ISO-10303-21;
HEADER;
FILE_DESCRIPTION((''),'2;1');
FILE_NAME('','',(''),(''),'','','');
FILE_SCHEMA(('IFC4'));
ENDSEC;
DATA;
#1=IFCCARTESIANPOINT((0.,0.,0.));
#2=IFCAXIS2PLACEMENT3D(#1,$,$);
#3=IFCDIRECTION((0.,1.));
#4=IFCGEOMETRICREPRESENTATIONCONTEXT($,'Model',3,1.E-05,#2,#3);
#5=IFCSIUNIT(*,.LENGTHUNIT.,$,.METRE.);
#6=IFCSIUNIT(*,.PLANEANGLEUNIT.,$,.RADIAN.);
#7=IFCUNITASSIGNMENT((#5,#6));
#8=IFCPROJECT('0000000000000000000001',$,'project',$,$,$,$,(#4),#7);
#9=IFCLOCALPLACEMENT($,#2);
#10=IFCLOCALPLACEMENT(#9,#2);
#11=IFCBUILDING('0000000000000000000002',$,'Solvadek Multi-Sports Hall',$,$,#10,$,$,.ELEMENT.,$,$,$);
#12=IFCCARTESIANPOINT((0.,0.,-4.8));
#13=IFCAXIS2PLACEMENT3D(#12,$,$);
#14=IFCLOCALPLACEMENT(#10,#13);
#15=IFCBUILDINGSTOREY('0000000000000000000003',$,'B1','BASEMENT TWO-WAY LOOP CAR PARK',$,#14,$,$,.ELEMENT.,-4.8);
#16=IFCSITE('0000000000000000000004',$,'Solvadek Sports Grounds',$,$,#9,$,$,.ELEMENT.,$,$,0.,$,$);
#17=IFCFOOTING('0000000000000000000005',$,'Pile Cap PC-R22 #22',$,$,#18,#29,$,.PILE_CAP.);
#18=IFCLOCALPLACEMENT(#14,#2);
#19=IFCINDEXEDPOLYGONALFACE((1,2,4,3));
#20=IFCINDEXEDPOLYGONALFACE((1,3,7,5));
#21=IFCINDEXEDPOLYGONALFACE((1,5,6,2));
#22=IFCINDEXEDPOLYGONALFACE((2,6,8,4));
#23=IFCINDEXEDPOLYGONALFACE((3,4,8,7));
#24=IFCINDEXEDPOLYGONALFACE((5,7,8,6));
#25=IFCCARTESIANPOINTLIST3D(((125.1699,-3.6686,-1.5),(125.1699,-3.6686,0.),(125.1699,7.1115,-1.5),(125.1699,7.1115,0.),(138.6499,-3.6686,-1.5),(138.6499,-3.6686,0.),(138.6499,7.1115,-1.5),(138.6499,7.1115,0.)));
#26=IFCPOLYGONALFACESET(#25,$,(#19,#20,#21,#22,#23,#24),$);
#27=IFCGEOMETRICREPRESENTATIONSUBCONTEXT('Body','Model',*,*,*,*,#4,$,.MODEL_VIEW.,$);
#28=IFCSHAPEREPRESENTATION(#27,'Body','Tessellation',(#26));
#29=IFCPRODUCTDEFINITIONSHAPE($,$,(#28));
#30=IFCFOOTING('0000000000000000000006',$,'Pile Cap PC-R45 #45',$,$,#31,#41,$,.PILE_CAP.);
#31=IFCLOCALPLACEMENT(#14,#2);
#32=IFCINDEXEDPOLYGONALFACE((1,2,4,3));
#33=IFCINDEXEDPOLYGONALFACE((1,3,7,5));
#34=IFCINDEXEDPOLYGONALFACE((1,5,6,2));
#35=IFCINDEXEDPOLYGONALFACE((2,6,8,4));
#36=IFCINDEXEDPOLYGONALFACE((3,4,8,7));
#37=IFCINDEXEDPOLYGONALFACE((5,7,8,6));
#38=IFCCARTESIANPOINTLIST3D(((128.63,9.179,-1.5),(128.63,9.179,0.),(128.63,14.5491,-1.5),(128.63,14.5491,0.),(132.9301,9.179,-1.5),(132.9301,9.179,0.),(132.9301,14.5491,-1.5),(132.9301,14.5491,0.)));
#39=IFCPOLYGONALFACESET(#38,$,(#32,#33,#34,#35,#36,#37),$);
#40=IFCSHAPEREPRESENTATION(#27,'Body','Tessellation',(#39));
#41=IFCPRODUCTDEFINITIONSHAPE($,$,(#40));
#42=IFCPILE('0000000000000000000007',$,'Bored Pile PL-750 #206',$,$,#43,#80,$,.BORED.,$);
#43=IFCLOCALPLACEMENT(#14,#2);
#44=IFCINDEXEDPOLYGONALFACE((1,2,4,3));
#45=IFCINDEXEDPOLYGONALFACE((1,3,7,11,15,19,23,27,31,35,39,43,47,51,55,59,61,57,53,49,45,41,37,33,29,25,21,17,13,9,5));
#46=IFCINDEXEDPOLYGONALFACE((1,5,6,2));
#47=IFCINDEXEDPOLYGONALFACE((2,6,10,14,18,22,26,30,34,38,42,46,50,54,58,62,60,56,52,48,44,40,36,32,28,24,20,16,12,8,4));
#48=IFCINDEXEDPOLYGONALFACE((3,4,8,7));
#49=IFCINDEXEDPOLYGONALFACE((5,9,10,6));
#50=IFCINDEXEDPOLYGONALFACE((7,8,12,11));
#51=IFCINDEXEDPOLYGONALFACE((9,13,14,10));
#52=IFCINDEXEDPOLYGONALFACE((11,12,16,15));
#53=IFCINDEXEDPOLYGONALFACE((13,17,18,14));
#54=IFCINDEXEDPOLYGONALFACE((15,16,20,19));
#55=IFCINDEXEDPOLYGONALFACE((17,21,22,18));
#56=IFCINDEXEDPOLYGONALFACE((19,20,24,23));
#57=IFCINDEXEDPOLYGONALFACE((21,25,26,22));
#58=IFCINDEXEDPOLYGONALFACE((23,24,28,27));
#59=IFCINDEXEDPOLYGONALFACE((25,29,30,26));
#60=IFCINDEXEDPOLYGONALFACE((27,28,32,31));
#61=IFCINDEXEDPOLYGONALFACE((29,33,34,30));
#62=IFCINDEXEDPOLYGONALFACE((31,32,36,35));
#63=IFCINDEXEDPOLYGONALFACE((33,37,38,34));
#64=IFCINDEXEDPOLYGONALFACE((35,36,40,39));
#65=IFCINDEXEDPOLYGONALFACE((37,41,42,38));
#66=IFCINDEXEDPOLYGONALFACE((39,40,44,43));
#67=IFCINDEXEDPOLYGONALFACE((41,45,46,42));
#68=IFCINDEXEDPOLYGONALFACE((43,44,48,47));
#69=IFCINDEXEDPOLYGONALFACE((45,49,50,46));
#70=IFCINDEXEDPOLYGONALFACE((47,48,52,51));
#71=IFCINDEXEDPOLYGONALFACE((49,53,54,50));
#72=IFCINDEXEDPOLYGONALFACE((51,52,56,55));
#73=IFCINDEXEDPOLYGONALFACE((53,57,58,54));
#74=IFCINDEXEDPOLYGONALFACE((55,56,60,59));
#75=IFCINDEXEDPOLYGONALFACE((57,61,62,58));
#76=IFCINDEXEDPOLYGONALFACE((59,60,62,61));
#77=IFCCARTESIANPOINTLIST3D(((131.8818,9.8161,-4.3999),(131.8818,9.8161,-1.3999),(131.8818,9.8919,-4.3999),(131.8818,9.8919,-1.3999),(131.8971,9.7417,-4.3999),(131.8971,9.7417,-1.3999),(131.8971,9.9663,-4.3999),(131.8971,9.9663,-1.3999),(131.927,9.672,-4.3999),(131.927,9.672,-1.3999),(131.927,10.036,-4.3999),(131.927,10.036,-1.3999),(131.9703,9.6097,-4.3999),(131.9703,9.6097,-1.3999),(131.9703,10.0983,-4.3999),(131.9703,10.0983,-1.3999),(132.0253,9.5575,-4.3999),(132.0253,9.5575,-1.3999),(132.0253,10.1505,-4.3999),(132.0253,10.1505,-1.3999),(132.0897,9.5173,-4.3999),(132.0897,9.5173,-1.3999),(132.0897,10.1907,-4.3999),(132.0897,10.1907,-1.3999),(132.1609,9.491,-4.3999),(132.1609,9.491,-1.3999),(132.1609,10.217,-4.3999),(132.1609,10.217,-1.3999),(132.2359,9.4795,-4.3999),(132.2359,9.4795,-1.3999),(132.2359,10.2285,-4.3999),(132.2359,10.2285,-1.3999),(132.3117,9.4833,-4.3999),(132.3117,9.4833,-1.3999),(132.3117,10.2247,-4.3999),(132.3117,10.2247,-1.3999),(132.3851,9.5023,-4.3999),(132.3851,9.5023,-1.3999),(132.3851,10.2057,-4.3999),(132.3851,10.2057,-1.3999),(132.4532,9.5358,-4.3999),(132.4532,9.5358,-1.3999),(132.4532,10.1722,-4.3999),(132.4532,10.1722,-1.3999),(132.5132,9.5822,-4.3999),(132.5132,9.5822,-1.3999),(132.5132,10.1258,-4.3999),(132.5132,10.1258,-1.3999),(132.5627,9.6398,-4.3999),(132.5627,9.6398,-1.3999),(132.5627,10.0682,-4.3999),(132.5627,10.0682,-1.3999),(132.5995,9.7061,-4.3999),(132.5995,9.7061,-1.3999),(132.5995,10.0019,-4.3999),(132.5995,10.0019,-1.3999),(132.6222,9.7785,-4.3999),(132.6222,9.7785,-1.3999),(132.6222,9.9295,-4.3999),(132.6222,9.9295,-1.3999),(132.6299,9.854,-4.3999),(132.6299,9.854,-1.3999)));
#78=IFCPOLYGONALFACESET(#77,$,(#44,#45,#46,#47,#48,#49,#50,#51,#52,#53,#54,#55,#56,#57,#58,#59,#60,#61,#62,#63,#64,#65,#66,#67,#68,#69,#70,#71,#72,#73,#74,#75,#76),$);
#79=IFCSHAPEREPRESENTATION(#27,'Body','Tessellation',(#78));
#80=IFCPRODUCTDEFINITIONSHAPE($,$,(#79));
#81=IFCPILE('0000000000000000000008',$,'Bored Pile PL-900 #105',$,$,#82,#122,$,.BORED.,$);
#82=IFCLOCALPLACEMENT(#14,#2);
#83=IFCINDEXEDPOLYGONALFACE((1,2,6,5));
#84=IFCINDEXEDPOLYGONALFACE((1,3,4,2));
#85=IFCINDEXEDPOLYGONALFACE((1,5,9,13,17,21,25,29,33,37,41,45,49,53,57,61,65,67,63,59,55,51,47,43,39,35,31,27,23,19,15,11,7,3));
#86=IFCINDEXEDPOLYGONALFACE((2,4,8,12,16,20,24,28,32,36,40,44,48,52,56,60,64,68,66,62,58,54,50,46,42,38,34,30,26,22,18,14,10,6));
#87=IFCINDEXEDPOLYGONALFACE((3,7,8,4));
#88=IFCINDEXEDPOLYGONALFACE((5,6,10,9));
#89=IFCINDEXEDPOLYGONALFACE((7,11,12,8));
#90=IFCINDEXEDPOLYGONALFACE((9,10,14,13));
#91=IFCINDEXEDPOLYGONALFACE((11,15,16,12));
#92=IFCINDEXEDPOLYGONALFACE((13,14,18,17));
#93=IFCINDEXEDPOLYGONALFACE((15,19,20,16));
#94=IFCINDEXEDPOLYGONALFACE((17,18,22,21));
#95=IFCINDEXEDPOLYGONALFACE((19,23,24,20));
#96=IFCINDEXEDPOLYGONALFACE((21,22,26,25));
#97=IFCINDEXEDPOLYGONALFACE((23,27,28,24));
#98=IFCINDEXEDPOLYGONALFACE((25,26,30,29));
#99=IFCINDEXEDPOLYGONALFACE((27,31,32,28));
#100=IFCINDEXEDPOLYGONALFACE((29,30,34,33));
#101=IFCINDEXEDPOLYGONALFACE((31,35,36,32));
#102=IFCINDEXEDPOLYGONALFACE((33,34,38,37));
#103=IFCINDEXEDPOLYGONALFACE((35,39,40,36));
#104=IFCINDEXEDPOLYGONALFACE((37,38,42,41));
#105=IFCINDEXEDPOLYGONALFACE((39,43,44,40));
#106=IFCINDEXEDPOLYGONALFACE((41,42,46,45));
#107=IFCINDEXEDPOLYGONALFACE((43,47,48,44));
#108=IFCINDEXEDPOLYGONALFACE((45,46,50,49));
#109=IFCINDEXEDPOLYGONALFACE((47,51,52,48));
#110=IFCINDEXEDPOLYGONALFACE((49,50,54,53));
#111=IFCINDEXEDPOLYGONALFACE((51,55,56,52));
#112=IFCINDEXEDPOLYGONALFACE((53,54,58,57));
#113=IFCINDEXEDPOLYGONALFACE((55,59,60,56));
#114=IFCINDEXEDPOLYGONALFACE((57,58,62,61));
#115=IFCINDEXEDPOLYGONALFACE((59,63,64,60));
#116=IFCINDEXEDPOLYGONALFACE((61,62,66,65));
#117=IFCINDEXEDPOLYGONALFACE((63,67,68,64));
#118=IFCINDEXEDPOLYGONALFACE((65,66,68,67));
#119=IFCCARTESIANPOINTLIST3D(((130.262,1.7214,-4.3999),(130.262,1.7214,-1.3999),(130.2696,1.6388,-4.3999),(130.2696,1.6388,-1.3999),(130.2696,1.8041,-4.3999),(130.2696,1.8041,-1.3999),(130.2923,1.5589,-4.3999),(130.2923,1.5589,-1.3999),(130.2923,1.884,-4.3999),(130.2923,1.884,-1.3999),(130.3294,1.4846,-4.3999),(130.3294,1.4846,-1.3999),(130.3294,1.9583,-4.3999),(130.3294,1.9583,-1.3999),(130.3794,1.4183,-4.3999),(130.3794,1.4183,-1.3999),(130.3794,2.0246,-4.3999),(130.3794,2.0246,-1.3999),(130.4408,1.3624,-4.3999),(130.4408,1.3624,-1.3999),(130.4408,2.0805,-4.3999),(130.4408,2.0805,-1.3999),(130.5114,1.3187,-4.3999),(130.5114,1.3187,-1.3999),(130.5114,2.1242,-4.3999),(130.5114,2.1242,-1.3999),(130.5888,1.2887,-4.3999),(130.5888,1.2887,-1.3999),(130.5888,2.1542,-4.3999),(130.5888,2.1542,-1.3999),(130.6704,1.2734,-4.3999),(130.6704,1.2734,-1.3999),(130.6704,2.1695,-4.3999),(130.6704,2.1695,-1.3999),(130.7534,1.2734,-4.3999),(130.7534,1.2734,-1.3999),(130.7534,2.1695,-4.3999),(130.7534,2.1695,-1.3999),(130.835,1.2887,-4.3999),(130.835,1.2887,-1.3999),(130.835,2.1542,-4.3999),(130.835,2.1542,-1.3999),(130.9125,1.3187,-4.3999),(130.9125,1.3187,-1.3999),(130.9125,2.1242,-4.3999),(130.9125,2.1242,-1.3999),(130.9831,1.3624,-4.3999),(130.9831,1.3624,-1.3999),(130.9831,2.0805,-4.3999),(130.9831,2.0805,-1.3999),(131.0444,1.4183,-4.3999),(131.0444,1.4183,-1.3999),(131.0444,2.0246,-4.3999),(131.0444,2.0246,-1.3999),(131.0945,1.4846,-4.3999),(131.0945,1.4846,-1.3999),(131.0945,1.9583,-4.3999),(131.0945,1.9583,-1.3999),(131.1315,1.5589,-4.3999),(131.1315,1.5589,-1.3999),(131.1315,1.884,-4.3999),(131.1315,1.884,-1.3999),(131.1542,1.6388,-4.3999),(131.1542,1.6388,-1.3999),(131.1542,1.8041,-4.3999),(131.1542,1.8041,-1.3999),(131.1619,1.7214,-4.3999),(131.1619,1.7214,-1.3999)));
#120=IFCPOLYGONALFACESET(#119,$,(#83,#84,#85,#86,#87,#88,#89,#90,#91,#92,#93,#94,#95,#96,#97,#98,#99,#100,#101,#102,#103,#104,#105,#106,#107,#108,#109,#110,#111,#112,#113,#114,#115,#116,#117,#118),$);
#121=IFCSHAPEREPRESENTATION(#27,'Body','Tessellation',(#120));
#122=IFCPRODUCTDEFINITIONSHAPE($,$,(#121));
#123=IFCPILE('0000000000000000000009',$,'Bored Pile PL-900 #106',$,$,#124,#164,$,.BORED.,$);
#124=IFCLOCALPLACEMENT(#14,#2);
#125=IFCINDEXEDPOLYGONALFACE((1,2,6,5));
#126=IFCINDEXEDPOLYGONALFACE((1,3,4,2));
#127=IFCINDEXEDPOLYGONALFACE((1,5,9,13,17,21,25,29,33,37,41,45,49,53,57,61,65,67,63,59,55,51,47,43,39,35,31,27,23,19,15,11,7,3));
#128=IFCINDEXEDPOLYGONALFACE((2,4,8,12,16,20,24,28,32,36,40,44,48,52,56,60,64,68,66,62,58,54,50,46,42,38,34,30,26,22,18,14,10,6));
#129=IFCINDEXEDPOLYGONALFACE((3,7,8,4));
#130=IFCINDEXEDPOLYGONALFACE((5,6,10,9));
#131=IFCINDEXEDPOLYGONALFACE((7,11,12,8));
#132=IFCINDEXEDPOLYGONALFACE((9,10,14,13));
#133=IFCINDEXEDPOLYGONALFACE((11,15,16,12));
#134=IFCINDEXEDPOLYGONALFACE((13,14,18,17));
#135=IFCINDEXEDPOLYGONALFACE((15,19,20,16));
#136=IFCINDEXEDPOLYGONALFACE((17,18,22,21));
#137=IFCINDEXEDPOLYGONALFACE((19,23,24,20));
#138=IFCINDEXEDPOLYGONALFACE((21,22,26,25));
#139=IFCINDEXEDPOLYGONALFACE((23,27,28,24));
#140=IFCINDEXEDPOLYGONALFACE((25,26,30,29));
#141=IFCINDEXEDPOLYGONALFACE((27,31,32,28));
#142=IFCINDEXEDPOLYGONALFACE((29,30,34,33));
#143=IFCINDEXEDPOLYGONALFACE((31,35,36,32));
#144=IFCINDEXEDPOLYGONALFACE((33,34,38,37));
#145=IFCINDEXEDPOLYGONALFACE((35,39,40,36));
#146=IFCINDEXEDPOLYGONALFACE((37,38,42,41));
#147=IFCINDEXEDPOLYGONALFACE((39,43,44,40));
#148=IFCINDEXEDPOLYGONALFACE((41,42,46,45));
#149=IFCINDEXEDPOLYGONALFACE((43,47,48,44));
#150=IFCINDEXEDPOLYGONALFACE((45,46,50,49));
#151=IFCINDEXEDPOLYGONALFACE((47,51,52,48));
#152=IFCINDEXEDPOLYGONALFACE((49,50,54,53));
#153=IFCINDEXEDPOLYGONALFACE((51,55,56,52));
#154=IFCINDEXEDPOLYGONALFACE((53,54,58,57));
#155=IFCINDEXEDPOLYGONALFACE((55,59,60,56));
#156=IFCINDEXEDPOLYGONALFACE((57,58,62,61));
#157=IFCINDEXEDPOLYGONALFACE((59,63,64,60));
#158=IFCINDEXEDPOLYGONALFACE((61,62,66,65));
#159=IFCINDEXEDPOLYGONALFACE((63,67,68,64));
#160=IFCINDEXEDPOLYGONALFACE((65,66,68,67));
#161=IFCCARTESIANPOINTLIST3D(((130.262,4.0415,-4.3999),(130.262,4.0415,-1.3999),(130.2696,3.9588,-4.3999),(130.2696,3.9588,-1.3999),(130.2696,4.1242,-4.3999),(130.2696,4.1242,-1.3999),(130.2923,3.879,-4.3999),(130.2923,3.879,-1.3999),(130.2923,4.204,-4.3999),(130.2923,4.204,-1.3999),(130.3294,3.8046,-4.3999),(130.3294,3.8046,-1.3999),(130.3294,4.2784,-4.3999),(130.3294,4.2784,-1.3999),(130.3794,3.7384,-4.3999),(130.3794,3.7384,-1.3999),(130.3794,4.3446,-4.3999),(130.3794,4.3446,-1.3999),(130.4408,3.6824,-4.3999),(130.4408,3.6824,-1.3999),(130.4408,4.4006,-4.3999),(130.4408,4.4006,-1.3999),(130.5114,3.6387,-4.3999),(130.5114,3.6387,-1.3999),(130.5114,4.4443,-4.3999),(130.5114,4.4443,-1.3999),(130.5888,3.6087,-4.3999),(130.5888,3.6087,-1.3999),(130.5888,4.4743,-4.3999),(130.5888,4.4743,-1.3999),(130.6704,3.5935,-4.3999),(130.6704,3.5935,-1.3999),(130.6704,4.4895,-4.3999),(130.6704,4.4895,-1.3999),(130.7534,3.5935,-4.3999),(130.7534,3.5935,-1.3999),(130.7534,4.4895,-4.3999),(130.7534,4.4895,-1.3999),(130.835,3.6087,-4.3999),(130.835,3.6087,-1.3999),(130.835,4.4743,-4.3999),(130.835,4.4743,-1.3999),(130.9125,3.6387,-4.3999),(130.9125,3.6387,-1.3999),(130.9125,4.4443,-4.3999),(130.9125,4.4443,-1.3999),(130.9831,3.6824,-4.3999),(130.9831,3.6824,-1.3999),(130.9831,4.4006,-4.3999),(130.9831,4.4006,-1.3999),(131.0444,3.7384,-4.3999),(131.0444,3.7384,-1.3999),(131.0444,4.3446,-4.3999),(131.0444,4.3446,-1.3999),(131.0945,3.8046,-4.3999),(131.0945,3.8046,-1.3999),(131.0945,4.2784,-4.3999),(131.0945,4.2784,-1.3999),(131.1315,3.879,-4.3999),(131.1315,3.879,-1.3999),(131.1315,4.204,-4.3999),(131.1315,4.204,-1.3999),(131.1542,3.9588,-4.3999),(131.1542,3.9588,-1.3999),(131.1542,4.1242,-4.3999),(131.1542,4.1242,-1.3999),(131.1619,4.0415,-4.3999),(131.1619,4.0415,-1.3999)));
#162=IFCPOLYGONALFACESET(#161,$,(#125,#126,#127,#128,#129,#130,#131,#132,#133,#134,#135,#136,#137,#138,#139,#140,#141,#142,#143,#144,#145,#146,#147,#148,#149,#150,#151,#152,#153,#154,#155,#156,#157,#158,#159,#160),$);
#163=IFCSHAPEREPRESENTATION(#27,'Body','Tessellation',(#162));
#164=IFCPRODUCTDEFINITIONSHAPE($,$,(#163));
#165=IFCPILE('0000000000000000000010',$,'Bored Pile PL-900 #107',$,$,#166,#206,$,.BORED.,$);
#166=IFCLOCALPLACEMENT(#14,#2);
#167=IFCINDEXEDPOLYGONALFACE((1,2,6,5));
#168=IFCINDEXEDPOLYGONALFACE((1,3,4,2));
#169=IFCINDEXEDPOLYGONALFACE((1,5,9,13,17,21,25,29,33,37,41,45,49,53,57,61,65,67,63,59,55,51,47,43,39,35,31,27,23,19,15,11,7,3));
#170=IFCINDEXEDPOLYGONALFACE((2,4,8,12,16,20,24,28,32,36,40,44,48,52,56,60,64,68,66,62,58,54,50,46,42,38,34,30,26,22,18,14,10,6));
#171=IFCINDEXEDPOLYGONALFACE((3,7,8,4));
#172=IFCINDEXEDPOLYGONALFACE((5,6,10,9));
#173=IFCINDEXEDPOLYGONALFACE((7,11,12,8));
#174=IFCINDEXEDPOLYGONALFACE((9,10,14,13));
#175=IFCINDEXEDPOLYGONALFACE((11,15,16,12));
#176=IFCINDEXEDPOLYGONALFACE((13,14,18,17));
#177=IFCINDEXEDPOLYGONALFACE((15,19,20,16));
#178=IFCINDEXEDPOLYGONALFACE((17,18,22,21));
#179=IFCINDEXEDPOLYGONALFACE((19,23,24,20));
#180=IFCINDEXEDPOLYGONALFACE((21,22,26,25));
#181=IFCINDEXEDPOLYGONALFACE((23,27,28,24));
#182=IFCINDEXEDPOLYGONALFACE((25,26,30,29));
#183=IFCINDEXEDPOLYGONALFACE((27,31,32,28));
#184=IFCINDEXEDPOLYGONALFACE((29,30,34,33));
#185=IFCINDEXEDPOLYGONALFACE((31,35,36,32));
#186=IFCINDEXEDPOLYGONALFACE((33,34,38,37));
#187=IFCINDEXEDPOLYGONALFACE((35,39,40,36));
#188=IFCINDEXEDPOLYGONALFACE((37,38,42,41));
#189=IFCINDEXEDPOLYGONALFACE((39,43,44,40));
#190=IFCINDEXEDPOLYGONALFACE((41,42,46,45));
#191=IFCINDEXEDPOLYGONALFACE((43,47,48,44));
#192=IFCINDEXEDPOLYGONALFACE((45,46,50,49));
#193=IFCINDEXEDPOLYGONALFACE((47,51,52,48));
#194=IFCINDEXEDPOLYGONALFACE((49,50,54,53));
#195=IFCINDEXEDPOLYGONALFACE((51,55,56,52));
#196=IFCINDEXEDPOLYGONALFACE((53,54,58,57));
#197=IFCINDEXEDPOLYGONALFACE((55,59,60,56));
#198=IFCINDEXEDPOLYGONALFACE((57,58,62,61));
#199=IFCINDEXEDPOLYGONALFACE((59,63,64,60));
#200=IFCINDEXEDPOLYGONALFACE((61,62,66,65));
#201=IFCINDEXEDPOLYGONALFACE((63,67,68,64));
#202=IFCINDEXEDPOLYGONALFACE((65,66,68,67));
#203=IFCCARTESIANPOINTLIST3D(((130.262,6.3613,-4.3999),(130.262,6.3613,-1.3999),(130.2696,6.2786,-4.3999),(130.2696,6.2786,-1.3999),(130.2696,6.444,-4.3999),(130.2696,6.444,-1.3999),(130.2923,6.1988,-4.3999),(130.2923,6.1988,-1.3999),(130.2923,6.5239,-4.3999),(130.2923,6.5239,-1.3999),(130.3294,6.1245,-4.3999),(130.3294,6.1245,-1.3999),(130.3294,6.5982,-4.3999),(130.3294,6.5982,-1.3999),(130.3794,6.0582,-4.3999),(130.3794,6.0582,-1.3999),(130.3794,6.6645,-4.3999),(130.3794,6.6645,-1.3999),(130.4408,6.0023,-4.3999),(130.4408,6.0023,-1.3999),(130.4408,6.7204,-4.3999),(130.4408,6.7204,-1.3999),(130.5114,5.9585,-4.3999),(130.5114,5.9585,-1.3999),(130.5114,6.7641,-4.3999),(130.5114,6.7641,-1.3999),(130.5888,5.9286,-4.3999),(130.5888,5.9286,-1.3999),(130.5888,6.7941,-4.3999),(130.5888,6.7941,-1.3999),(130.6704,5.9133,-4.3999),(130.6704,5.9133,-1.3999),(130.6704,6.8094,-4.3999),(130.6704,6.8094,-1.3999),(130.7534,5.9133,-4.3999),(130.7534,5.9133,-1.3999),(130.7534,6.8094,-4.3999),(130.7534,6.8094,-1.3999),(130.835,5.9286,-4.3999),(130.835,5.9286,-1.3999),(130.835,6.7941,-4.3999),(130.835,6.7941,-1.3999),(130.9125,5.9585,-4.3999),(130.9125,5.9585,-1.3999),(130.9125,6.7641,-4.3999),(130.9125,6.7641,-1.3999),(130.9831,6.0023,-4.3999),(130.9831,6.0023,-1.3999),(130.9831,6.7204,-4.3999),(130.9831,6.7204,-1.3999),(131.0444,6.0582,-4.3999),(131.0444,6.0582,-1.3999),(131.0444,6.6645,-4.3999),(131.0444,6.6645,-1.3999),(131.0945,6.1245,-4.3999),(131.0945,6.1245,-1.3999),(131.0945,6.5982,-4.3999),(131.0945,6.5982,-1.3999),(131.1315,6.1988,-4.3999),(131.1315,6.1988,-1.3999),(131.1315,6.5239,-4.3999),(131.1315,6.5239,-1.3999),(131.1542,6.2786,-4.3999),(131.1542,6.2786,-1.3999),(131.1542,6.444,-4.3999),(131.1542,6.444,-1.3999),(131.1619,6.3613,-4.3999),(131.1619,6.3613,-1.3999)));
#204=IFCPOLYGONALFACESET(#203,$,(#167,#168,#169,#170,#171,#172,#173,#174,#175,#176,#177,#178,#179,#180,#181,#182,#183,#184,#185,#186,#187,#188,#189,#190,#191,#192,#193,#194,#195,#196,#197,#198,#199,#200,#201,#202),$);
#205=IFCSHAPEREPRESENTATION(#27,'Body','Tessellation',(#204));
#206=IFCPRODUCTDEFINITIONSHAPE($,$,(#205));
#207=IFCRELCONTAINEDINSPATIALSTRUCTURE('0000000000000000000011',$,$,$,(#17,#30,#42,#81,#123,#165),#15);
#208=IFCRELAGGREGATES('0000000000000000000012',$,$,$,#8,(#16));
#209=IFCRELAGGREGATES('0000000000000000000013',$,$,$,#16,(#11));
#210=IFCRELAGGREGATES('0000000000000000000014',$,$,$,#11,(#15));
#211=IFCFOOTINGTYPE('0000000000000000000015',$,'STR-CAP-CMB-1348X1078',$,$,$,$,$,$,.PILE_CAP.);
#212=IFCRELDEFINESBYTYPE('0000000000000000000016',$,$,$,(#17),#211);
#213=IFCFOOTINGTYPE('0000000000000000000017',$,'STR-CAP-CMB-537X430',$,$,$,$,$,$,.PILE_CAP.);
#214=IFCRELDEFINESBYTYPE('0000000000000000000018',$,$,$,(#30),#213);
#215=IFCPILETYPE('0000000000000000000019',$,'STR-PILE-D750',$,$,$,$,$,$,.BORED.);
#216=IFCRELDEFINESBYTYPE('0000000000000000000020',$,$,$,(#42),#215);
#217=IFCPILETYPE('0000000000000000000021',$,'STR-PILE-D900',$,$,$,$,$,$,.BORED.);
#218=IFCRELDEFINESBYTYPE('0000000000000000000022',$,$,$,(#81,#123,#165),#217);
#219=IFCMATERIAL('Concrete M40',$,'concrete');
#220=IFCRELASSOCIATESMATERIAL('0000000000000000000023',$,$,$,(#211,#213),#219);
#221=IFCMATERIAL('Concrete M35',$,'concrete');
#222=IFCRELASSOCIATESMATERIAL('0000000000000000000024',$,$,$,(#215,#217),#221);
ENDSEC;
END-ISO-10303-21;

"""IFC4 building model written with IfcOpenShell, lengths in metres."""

from ifc_helpers import new_model, si_unit, direction, frame, origin, origin_2d, place, context, subcontext, project, spatial, rectangle, circle, extrude, material, material_profile, profile_set, type_object, element, save


model = new_model("IFC4")

# Units and contexts
model_context = context("Model", 3, precision=1e-05, world=origin(), true_north=direction((0.0, 1.0)))
body_context = subcontext(model_context, "Body", "Model", "MODEL_VIEW")
ifc_project = project(units=[si_unit("LENGTHUNIT", "METRE"), si_unit("PLANEANGLEUNIT", "RADIAN")], contexts=[model_context])

# Site, building, storey
site_placement = place(None, origin())
site = spatial("IfcSite", under=ifc_project, at=site_placement, Name="Solvadek Sports Grounds", CompositionType="ELEMENT", RefElevation=0.0)
building_placement = place(site_placement, origin())
building = spatial("IfcBuilding", under=site, at=building_placement, Name="Solvadek Multi-Sports Hall", CompositionType="ELEMENT")
storey_placement = place(building_placement, frame((0.0, 0.0, -4.8)))
storey = spatial("IfcBuildingStorey", under=building, at=storey_placement, Name="B1", Description="BASEMENT TWO-WAY LOOP CAR PARK", CompositionType="ELEMENT", Elevation=-4.8)

# Footings
ifc_material_1 = material(Name="Concrete M40", Category="concrete")
footing_type_1 = type_object("IfcFootingType", Name="STR-CAP-CMB-1348X1078", PredefinedType="PILE_CAP", material=ifc_material_1)
footing_1_placement = place(storey_placement, frame((131.9099, 1.7214, -1.5), z_axis=(0.0, 0.0, 1.0), x_axis=(1.0, 0.0, 0.0)))
element("IfcFooting", 1, at=footing_1_placement, inside=storey, type_object=footing_type_1, Name="Pile Cap PC-R22 #22", PredefinedType="PILE_CAP", context=body_context, shape_type="SweptSolid", body=[
    extrude(rectangle(XDim=13.48, YDim=10.78, at=origin_2d()), origin(), (0.0, 0.0, 1.0), 1.5),
])
footing_type_2 = type_object("IfcFootingType", Name="STR-CAP-CMB-537X430", PredefinedType="PILE_CAP", material=ifc_material_1)
footing_2_placement = place(storey_placement, frame((130.78, 11.864, -1.5), z_axis=(0.0, 0.0, 1.0), x_axis=(0.0, 1.0, 0.0)))
element("IfcFooting", 2, at=footing_2_placement, inside=storey, type_object=footing_type_2, Name="Pile Cap PC-R45 #45", PredefinedType="PILE_CAP", context=body_context, shape_type="SweptSolid", body=[
    extrude(rectangle(XDim=5.3701, YDim=4.3, at=origin_2d()), origin(), (0.0, 0.0, 1.0), 1.5),
])

# Piles
ifc_material_2 = material(Name="Concrete M35", Category="concrete")
ifc_material_profile_1 = material_profile(ifc_material_2, circle(Radius=0.375, at=origin_2d()), Name="BORED PILE D750")
ifc_profile_set_1 = profile_set([ifc_material_profile_1], Name="Concrete M35")
pile_type_1 = type_object("IfcPileType", Name="STR-PILE-D750", PredefinedType="BORED", material=ifc_profile_set_1)
pile_placement = place(storey_placement, frame((132.2549, 9.854, -1.3999), z_axis=(0.0, 0.0, -1.0), x_axis=(1.0, 0.0, 0.0)))
element("IfcPile", 3, at=pile_placement, inside=storey, type_object=pile_type_1, Name="Bored Pile PL-750 #206", PredefinedType="BORED", context=body_context, shape_type="SweptSolid", body=[
    extrude(circle(Radius=0.375, at=origin_2d()), origin(), (0.0, 0.0, 1.0), 3.0),
])
ifc_material_profile_2 = material_profile(ifc_material_2, circle(Radius=0.45, at=origin_2d()), Name="BORED PILE D900")
ifc_profile_set_2 = profile_set([ifc_material_profile_2], Name="Concrete M35")
pile_type_2 = type_object("IfcPileType", Name="STR-PILE-D900", PredefinedType="BORED", material=ifc_profile_set_2)
for number, where, z_axis, x_axis, name in (
    (4, (130.7119, 1.7214, -1.3999), (0.0, 0.0, -1.0), (1.0, 0.0, 0.0), "Bored Pile PL-900 #105"),
    (5, (130.7119, 4.0415, -1.3999), (0.0, 0.0, -1.0), (1.0, 0.0, 0.0), "Bored Pile PL-900 #106"),
    (6, (130.7119, 6.3613, -1.3999), (0.0, 0.0, -1.0), (1.0, 0.0, 0.0), "Bored Pile PL-900 #107"),
):
    element("IfcPile", number, at=place(storey_placement, frame(where, z_axis=z_axis, x_axis=x_axis)), inside=storey, type_object=pile_type_2, Name=name, PredefinedType="BORED", context=body_context, shape_type="SweptSolid", body=[
        extrude(circle(Radius=0.45, at=origin_2d()), origin(), (0.0, 0.0, 1.0), 3.0),
    ])

save(model, "model.ifc")
